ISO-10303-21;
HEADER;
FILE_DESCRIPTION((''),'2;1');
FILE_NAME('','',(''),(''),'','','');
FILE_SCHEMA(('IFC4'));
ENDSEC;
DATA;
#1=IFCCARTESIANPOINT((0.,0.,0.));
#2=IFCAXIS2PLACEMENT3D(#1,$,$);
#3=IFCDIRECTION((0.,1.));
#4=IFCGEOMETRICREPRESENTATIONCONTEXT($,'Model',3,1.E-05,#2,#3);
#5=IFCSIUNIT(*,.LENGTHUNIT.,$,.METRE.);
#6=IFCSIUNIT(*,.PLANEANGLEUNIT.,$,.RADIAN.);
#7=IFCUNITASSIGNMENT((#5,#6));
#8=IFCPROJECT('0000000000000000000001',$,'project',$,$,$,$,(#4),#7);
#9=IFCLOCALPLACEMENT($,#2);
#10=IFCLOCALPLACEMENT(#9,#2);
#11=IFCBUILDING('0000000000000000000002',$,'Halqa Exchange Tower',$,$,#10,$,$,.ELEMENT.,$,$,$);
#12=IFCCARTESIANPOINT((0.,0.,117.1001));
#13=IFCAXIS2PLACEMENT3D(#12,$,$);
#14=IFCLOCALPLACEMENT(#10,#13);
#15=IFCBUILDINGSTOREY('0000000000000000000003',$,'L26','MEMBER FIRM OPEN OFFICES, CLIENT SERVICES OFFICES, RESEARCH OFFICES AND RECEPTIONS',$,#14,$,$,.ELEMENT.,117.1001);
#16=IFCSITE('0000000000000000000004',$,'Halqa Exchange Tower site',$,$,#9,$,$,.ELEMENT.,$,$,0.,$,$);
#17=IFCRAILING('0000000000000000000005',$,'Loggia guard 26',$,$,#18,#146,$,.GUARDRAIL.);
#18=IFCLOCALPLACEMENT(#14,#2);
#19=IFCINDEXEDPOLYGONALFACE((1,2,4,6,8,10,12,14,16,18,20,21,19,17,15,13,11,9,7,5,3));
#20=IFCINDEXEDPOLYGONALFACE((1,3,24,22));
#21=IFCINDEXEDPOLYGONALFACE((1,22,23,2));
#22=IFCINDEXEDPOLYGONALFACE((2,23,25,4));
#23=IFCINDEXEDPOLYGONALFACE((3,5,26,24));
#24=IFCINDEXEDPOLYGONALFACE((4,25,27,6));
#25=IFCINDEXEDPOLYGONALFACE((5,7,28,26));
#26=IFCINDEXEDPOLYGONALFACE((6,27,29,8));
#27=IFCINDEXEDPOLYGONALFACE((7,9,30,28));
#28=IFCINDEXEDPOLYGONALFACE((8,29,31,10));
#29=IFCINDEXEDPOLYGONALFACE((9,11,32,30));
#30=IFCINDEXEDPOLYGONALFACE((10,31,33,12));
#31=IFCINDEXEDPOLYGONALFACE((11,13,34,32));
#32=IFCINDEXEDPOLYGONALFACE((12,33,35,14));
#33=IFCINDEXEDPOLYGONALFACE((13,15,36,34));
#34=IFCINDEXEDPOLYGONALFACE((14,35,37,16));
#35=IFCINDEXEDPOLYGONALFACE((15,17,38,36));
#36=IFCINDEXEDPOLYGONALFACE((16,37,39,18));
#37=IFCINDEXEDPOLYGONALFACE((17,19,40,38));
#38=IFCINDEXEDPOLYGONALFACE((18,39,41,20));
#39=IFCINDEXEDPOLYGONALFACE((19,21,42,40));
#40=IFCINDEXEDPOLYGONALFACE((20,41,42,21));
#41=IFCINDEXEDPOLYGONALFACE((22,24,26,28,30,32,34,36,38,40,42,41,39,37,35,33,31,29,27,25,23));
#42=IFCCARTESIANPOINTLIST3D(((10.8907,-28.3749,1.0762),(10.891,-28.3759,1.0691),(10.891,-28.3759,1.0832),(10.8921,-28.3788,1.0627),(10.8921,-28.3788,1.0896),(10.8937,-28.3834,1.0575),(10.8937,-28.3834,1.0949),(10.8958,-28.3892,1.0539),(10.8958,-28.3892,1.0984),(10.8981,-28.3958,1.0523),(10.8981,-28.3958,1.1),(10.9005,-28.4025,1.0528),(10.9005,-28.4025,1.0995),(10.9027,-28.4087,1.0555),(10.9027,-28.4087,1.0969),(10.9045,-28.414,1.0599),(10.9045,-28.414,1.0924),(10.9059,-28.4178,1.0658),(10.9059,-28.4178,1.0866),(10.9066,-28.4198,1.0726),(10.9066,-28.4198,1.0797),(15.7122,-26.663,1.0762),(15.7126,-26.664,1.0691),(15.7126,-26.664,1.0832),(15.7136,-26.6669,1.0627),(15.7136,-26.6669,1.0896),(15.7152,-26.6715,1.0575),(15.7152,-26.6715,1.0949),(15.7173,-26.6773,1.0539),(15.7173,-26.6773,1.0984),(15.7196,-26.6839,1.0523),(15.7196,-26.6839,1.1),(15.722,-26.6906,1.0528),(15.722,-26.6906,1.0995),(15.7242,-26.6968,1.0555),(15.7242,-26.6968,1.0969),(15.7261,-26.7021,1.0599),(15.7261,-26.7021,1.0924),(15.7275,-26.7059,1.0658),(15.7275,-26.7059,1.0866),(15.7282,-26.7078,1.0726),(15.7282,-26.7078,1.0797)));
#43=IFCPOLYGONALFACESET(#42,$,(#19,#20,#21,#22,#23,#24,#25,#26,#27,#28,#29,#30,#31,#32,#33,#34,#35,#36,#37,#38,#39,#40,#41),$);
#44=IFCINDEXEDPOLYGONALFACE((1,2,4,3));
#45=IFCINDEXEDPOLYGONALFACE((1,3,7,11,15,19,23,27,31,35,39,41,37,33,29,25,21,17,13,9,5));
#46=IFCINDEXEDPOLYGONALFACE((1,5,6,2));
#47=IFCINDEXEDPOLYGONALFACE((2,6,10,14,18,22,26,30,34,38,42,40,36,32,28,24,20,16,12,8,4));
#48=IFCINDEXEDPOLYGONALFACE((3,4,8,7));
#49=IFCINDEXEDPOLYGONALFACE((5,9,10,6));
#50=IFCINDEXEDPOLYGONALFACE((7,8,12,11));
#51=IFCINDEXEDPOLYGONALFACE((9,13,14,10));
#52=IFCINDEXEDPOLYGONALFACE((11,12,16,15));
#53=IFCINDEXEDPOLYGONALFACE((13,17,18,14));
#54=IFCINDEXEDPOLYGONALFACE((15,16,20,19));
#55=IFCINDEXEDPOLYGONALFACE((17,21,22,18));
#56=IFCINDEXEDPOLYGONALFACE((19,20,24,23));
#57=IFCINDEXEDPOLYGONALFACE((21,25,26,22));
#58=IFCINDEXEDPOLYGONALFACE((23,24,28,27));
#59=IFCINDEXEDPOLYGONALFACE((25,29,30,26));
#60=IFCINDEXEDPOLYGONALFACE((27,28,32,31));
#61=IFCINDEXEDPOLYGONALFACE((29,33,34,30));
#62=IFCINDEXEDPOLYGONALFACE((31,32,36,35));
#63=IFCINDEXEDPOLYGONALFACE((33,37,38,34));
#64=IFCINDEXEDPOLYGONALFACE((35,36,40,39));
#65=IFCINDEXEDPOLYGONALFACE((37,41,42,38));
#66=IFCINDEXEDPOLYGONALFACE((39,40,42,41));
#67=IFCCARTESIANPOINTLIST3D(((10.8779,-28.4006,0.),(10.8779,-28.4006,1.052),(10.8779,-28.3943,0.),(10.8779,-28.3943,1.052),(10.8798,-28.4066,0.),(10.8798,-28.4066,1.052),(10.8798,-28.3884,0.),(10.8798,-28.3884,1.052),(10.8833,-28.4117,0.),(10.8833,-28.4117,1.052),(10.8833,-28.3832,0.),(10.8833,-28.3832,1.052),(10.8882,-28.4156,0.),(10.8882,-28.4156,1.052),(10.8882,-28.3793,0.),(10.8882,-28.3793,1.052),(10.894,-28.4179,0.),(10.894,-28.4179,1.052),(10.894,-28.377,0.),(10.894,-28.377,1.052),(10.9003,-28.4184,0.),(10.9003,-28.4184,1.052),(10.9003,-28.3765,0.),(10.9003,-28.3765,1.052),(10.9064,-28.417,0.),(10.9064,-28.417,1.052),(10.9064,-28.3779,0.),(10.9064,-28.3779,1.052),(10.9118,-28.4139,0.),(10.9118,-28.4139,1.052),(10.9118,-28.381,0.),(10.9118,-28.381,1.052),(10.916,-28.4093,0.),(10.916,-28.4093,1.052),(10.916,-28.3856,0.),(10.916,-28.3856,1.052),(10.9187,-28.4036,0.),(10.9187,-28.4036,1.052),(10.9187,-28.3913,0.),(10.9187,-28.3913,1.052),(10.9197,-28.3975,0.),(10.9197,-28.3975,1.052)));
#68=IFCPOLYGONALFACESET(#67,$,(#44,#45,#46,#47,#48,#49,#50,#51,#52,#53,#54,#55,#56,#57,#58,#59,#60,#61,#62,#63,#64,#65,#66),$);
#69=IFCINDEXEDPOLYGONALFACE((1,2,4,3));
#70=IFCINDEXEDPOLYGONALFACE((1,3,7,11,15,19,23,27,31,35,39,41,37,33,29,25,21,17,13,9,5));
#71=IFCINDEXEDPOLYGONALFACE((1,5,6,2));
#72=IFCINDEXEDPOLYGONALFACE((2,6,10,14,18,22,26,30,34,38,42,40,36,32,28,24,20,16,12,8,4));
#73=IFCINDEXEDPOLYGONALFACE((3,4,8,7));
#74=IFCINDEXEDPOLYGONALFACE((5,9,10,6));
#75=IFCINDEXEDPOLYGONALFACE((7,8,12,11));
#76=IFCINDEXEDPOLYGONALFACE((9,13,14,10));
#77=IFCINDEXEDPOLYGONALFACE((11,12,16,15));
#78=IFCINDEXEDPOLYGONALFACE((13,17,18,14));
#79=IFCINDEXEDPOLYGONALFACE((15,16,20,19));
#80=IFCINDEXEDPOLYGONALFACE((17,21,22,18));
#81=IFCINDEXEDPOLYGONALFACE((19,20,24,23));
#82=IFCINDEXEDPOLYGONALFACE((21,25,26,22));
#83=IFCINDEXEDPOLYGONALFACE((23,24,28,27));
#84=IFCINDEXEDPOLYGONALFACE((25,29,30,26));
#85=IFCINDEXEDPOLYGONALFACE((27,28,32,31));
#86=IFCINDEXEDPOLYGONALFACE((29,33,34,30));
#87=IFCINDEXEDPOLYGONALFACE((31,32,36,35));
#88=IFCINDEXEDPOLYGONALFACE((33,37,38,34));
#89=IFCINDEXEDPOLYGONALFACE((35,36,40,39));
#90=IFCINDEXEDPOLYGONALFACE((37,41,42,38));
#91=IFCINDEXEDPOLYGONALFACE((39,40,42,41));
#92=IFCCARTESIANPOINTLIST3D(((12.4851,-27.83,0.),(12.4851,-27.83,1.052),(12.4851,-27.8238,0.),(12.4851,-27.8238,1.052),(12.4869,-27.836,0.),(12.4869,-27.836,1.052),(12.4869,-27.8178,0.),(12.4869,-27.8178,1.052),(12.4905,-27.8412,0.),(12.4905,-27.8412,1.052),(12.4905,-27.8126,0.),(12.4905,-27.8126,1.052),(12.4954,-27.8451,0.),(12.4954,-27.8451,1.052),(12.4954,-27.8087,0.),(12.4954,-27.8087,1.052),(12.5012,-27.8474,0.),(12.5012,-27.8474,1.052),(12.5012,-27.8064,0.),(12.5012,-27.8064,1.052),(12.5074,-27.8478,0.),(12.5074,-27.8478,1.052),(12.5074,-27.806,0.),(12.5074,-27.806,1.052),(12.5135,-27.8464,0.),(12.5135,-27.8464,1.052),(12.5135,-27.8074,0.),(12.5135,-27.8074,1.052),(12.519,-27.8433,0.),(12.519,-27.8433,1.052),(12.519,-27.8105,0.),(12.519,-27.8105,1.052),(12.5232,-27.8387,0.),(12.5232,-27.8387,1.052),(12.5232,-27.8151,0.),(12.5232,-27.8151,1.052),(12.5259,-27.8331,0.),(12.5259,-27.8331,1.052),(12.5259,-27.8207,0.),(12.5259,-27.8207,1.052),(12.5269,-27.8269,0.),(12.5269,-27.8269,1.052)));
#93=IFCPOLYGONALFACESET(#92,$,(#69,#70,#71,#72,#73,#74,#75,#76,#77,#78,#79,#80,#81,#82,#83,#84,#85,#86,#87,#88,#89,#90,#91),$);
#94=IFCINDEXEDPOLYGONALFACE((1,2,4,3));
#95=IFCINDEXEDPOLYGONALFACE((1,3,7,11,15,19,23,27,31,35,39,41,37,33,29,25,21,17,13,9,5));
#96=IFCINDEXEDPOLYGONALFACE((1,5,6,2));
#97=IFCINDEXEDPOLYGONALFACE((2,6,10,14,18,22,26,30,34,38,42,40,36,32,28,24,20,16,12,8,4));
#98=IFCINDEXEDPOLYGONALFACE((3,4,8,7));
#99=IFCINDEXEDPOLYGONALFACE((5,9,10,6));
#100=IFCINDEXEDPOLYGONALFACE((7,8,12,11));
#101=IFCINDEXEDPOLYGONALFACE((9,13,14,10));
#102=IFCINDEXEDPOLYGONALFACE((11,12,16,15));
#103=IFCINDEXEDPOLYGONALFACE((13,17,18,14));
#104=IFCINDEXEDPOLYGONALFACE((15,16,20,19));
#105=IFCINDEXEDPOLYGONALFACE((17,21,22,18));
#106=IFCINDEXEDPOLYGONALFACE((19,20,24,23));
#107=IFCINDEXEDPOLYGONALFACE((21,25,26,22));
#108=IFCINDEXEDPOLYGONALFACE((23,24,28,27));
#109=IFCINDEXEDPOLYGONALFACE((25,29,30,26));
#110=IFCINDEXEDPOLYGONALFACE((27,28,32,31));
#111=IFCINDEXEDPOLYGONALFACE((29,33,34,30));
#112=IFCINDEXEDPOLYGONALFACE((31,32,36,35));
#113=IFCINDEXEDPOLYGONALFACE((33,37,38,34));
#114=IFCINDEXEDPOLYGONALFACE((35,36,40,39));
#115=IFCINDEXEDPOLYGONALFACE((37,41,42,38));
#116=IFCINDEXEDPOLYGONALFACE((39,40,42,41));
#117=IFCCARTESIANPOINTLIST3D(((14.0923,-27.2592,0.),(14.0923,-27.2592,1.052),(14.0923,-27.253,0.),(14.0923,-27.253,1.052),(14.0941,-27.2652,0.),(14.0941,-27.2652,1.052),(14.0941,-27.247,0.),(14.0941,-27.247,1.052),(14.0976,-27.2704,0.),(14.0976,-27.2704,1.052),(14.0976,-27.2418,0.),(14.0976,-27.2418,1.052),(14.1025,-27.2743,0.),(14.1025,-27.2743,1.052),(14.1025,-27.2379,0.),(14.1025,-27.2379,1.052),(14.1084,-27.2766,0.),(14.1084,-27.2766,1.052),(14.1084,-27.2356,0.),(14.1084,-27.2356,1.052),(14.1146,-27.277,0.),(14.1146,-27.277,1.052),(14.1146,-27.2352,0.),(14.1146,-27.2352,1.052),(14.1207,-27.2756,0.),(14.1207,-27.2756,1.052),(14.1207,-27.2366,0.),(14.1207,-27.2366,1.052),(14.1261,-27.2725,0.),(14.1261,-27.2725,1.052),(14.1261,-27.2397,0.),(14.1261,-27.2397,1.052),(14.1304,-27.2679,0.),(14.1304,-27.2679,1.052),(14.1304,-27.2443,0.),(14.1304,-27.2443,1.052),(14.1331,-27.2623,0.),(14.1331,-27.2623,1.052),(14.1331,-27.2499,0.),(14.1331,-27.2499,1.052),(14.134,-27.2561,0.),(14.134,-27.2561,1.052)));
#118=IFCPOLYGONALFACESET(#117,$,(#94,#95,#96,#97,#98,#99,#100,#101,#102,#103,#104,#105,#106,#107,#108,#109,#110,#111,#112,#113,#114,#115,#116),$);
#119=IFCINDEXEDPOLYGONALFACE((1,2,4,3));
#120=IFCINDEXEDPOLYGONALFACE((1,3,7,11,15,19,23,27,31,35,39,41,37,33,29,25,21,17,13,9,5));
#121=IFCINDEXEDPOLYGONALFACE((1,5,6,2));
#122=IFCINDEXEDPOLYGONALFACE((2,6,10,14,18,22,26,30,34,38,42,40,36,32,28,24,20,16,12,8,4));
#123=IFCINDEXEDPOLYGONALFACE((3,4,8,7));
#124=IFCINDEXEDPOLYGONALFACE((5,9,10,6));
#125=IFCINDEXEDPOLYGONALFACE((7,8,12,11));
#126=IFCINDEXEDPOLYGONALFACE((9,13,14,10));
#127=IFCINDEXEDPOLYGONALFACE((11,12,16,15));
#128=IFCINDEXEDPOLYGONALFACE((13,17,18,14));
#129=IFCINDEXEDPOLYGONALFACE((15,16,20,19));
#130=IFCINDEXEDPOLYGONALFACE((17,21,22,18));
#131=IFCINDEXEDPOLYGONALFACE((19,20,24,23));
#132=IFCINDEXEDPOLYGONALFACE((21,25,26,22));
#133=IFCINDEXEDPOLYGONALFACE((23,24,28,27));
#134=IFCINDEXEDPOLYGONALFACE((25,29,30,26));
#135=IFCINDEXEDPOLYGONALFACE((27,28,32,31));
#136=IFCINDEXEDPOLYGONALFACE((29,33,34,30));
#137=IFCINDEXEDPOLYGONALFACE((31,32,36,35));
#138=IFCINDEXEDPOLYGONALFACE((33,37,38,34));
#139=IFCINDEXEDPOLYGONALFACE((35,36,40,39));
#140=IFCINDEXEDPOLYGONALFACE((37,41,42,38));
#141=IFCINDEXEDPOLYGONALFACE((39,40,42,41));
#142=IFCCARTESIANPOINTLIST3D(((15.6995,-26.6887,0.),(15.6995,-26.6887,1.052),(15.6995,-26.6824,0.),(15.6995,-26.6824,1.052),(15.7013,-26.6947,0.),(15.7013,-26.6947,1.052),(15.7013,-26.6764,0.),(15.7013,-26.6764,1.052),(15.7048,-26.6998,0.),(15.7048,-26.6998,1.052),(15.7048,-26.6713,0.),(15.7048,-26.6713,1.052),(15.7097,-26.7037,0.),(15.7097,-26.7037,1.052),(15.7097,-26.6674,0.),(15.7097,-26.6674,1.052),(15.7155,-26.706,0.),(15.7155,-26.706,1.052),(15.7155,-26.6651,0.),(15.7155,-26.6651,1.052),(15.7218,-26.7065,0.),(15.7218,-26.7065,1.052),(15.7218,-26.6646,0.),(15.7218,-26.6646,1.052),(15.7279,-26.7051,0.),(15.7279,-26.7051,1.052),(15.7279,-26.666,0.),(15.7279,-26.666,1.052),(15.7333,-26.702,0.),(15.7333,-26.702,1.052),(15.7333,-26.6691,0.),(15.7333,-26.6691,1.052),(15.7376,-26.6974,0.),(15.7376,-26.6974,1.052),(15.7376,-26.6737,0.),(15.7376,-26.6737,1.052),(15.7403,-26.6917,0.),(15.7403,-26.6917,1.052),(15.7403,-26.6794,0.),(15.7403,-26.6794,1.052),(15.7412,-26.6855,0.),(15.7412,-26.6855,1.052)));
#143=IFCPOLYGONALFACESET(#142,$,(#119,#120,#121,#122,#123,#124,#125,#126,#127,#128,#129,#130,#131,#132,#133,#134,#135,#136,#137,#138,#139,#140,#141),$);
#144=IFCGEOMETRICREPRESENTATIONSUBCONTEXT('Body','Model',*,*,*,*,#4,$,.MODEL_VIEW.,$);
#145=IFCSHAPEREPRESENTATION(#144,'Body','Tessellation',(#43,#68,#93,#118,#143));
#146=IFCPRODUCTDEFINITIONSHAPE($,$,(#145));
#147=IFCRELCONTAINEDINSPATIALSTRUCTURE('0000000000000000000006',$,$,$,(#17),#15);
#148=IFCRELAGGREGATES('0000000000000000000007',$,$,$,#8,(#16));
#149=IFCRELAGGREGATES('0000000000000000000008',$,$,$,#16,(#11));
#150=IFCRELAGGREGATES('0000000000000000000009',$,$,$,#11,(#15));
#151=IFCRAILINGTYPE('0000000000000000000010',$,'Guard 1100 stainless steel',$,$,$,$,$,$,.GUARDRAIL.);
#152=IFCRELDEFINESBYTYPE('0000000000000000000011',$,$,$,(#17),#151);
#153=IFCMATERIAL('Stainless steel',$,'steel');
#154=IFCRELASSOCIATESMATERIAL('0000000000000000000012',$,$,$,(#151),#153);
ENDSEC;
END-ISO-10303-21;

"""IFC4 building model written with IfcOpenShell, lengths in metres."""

from ifc_helpers import new_model, si_unit, direction, frame, origin, origin_2d, place, context, subcontext, project, spatial, circle, extrude, material, type_object, element, save


model = new_model("IFC4")

# Units and contexts
model_context = context("Model", 3, precision=1e-05, world=origin(), true_north=direction((0.0, 1.0)))
body_context = subcontext(model_context, "Body", "Model", "MODEL_VIEW")
ifc_project = project(units=[si_unit("LENGTHUNIT", "METRE"), si_unit("PLANEANGLEUNIT", "RADIAN")], contexts=[model_context])

# Site, building, storey
site_placement = place(None, origin())
site = spatial("IfcSite", under=ifc_project, at=site_placement, Name="Halqa Exchange Tower site", CompositionType="ELEMENT", RefElevation=0.0)
building_placement = place(site_placement, origin())
building = spatial("IfcBuilding", under=site, at=building_placement, Name="Halqa Exchange Tower", CompositionType="ELEMENT")
storey_placement = place(building_placement, frame((0.0, 0.0, 117.1001)))
storey = spatial("IfcBuildingStorey", under=building, at=storey_placement, Name="L26", Description="MEMBER FIRM OPEN OFFICES, CLIENT SERVICES OFFICES, RESEARCH OFFICES AND RECEPTIONS", CompositionType="ELEMENT", Elevation=117.1001)

# Railing
ifc_material_1 = material(Name="Stainless steel", Category="steel")
railing_type = type_object("IfcRailingType", Name="Guard 1100 stainless steel", PredefinedType="GUARDRAIL", material=ifc_material_1)
railing_1_placement = place(storey_placement, frame((10.8987, -28.3975, 0.0)))
element("IfcRailing", 1, at=railing_1_placement, inside=storey, type_object=railing_type, Name="Loggia guard 26", PredefinedType="GUARDRAIL", context=body_context, shape_type="SweptSolid", body=[
    extrude(circle(Radius=0.0239, at=origin_2d()), frame((0.0, 0.0, 1.0762), z_axis=(0.942363, 0.334592, 0.0), x_axis=(-0.334592, 0.942363, 0.0)), (0.0, 0.0, 1.0), 5.1165),
    extrude(circle(Radius=0.021, at=origin_2d()), origin(), (0.0, 0.0, 1.0), 1.052),
    extrude(circle(Radius=0.021, at=origin_2d()), frame((1.6072, 0.5706, 0.0)), (0.0, 0.0, 1.0), 1.052),
    extrude(circle(Radius=0.021, at=origin_2d()), frame((3.2144, 1.1414, 0.0)), (0.0, 0.0, 1.0), 1.052),
    extrude(circle(Radius=0.021, at=origin_2d()), frame((4.8215, 1.7119, 0.0)), (0.0, 0.0, 1.0), 1.052),
])

save(model, "model.ifc")
